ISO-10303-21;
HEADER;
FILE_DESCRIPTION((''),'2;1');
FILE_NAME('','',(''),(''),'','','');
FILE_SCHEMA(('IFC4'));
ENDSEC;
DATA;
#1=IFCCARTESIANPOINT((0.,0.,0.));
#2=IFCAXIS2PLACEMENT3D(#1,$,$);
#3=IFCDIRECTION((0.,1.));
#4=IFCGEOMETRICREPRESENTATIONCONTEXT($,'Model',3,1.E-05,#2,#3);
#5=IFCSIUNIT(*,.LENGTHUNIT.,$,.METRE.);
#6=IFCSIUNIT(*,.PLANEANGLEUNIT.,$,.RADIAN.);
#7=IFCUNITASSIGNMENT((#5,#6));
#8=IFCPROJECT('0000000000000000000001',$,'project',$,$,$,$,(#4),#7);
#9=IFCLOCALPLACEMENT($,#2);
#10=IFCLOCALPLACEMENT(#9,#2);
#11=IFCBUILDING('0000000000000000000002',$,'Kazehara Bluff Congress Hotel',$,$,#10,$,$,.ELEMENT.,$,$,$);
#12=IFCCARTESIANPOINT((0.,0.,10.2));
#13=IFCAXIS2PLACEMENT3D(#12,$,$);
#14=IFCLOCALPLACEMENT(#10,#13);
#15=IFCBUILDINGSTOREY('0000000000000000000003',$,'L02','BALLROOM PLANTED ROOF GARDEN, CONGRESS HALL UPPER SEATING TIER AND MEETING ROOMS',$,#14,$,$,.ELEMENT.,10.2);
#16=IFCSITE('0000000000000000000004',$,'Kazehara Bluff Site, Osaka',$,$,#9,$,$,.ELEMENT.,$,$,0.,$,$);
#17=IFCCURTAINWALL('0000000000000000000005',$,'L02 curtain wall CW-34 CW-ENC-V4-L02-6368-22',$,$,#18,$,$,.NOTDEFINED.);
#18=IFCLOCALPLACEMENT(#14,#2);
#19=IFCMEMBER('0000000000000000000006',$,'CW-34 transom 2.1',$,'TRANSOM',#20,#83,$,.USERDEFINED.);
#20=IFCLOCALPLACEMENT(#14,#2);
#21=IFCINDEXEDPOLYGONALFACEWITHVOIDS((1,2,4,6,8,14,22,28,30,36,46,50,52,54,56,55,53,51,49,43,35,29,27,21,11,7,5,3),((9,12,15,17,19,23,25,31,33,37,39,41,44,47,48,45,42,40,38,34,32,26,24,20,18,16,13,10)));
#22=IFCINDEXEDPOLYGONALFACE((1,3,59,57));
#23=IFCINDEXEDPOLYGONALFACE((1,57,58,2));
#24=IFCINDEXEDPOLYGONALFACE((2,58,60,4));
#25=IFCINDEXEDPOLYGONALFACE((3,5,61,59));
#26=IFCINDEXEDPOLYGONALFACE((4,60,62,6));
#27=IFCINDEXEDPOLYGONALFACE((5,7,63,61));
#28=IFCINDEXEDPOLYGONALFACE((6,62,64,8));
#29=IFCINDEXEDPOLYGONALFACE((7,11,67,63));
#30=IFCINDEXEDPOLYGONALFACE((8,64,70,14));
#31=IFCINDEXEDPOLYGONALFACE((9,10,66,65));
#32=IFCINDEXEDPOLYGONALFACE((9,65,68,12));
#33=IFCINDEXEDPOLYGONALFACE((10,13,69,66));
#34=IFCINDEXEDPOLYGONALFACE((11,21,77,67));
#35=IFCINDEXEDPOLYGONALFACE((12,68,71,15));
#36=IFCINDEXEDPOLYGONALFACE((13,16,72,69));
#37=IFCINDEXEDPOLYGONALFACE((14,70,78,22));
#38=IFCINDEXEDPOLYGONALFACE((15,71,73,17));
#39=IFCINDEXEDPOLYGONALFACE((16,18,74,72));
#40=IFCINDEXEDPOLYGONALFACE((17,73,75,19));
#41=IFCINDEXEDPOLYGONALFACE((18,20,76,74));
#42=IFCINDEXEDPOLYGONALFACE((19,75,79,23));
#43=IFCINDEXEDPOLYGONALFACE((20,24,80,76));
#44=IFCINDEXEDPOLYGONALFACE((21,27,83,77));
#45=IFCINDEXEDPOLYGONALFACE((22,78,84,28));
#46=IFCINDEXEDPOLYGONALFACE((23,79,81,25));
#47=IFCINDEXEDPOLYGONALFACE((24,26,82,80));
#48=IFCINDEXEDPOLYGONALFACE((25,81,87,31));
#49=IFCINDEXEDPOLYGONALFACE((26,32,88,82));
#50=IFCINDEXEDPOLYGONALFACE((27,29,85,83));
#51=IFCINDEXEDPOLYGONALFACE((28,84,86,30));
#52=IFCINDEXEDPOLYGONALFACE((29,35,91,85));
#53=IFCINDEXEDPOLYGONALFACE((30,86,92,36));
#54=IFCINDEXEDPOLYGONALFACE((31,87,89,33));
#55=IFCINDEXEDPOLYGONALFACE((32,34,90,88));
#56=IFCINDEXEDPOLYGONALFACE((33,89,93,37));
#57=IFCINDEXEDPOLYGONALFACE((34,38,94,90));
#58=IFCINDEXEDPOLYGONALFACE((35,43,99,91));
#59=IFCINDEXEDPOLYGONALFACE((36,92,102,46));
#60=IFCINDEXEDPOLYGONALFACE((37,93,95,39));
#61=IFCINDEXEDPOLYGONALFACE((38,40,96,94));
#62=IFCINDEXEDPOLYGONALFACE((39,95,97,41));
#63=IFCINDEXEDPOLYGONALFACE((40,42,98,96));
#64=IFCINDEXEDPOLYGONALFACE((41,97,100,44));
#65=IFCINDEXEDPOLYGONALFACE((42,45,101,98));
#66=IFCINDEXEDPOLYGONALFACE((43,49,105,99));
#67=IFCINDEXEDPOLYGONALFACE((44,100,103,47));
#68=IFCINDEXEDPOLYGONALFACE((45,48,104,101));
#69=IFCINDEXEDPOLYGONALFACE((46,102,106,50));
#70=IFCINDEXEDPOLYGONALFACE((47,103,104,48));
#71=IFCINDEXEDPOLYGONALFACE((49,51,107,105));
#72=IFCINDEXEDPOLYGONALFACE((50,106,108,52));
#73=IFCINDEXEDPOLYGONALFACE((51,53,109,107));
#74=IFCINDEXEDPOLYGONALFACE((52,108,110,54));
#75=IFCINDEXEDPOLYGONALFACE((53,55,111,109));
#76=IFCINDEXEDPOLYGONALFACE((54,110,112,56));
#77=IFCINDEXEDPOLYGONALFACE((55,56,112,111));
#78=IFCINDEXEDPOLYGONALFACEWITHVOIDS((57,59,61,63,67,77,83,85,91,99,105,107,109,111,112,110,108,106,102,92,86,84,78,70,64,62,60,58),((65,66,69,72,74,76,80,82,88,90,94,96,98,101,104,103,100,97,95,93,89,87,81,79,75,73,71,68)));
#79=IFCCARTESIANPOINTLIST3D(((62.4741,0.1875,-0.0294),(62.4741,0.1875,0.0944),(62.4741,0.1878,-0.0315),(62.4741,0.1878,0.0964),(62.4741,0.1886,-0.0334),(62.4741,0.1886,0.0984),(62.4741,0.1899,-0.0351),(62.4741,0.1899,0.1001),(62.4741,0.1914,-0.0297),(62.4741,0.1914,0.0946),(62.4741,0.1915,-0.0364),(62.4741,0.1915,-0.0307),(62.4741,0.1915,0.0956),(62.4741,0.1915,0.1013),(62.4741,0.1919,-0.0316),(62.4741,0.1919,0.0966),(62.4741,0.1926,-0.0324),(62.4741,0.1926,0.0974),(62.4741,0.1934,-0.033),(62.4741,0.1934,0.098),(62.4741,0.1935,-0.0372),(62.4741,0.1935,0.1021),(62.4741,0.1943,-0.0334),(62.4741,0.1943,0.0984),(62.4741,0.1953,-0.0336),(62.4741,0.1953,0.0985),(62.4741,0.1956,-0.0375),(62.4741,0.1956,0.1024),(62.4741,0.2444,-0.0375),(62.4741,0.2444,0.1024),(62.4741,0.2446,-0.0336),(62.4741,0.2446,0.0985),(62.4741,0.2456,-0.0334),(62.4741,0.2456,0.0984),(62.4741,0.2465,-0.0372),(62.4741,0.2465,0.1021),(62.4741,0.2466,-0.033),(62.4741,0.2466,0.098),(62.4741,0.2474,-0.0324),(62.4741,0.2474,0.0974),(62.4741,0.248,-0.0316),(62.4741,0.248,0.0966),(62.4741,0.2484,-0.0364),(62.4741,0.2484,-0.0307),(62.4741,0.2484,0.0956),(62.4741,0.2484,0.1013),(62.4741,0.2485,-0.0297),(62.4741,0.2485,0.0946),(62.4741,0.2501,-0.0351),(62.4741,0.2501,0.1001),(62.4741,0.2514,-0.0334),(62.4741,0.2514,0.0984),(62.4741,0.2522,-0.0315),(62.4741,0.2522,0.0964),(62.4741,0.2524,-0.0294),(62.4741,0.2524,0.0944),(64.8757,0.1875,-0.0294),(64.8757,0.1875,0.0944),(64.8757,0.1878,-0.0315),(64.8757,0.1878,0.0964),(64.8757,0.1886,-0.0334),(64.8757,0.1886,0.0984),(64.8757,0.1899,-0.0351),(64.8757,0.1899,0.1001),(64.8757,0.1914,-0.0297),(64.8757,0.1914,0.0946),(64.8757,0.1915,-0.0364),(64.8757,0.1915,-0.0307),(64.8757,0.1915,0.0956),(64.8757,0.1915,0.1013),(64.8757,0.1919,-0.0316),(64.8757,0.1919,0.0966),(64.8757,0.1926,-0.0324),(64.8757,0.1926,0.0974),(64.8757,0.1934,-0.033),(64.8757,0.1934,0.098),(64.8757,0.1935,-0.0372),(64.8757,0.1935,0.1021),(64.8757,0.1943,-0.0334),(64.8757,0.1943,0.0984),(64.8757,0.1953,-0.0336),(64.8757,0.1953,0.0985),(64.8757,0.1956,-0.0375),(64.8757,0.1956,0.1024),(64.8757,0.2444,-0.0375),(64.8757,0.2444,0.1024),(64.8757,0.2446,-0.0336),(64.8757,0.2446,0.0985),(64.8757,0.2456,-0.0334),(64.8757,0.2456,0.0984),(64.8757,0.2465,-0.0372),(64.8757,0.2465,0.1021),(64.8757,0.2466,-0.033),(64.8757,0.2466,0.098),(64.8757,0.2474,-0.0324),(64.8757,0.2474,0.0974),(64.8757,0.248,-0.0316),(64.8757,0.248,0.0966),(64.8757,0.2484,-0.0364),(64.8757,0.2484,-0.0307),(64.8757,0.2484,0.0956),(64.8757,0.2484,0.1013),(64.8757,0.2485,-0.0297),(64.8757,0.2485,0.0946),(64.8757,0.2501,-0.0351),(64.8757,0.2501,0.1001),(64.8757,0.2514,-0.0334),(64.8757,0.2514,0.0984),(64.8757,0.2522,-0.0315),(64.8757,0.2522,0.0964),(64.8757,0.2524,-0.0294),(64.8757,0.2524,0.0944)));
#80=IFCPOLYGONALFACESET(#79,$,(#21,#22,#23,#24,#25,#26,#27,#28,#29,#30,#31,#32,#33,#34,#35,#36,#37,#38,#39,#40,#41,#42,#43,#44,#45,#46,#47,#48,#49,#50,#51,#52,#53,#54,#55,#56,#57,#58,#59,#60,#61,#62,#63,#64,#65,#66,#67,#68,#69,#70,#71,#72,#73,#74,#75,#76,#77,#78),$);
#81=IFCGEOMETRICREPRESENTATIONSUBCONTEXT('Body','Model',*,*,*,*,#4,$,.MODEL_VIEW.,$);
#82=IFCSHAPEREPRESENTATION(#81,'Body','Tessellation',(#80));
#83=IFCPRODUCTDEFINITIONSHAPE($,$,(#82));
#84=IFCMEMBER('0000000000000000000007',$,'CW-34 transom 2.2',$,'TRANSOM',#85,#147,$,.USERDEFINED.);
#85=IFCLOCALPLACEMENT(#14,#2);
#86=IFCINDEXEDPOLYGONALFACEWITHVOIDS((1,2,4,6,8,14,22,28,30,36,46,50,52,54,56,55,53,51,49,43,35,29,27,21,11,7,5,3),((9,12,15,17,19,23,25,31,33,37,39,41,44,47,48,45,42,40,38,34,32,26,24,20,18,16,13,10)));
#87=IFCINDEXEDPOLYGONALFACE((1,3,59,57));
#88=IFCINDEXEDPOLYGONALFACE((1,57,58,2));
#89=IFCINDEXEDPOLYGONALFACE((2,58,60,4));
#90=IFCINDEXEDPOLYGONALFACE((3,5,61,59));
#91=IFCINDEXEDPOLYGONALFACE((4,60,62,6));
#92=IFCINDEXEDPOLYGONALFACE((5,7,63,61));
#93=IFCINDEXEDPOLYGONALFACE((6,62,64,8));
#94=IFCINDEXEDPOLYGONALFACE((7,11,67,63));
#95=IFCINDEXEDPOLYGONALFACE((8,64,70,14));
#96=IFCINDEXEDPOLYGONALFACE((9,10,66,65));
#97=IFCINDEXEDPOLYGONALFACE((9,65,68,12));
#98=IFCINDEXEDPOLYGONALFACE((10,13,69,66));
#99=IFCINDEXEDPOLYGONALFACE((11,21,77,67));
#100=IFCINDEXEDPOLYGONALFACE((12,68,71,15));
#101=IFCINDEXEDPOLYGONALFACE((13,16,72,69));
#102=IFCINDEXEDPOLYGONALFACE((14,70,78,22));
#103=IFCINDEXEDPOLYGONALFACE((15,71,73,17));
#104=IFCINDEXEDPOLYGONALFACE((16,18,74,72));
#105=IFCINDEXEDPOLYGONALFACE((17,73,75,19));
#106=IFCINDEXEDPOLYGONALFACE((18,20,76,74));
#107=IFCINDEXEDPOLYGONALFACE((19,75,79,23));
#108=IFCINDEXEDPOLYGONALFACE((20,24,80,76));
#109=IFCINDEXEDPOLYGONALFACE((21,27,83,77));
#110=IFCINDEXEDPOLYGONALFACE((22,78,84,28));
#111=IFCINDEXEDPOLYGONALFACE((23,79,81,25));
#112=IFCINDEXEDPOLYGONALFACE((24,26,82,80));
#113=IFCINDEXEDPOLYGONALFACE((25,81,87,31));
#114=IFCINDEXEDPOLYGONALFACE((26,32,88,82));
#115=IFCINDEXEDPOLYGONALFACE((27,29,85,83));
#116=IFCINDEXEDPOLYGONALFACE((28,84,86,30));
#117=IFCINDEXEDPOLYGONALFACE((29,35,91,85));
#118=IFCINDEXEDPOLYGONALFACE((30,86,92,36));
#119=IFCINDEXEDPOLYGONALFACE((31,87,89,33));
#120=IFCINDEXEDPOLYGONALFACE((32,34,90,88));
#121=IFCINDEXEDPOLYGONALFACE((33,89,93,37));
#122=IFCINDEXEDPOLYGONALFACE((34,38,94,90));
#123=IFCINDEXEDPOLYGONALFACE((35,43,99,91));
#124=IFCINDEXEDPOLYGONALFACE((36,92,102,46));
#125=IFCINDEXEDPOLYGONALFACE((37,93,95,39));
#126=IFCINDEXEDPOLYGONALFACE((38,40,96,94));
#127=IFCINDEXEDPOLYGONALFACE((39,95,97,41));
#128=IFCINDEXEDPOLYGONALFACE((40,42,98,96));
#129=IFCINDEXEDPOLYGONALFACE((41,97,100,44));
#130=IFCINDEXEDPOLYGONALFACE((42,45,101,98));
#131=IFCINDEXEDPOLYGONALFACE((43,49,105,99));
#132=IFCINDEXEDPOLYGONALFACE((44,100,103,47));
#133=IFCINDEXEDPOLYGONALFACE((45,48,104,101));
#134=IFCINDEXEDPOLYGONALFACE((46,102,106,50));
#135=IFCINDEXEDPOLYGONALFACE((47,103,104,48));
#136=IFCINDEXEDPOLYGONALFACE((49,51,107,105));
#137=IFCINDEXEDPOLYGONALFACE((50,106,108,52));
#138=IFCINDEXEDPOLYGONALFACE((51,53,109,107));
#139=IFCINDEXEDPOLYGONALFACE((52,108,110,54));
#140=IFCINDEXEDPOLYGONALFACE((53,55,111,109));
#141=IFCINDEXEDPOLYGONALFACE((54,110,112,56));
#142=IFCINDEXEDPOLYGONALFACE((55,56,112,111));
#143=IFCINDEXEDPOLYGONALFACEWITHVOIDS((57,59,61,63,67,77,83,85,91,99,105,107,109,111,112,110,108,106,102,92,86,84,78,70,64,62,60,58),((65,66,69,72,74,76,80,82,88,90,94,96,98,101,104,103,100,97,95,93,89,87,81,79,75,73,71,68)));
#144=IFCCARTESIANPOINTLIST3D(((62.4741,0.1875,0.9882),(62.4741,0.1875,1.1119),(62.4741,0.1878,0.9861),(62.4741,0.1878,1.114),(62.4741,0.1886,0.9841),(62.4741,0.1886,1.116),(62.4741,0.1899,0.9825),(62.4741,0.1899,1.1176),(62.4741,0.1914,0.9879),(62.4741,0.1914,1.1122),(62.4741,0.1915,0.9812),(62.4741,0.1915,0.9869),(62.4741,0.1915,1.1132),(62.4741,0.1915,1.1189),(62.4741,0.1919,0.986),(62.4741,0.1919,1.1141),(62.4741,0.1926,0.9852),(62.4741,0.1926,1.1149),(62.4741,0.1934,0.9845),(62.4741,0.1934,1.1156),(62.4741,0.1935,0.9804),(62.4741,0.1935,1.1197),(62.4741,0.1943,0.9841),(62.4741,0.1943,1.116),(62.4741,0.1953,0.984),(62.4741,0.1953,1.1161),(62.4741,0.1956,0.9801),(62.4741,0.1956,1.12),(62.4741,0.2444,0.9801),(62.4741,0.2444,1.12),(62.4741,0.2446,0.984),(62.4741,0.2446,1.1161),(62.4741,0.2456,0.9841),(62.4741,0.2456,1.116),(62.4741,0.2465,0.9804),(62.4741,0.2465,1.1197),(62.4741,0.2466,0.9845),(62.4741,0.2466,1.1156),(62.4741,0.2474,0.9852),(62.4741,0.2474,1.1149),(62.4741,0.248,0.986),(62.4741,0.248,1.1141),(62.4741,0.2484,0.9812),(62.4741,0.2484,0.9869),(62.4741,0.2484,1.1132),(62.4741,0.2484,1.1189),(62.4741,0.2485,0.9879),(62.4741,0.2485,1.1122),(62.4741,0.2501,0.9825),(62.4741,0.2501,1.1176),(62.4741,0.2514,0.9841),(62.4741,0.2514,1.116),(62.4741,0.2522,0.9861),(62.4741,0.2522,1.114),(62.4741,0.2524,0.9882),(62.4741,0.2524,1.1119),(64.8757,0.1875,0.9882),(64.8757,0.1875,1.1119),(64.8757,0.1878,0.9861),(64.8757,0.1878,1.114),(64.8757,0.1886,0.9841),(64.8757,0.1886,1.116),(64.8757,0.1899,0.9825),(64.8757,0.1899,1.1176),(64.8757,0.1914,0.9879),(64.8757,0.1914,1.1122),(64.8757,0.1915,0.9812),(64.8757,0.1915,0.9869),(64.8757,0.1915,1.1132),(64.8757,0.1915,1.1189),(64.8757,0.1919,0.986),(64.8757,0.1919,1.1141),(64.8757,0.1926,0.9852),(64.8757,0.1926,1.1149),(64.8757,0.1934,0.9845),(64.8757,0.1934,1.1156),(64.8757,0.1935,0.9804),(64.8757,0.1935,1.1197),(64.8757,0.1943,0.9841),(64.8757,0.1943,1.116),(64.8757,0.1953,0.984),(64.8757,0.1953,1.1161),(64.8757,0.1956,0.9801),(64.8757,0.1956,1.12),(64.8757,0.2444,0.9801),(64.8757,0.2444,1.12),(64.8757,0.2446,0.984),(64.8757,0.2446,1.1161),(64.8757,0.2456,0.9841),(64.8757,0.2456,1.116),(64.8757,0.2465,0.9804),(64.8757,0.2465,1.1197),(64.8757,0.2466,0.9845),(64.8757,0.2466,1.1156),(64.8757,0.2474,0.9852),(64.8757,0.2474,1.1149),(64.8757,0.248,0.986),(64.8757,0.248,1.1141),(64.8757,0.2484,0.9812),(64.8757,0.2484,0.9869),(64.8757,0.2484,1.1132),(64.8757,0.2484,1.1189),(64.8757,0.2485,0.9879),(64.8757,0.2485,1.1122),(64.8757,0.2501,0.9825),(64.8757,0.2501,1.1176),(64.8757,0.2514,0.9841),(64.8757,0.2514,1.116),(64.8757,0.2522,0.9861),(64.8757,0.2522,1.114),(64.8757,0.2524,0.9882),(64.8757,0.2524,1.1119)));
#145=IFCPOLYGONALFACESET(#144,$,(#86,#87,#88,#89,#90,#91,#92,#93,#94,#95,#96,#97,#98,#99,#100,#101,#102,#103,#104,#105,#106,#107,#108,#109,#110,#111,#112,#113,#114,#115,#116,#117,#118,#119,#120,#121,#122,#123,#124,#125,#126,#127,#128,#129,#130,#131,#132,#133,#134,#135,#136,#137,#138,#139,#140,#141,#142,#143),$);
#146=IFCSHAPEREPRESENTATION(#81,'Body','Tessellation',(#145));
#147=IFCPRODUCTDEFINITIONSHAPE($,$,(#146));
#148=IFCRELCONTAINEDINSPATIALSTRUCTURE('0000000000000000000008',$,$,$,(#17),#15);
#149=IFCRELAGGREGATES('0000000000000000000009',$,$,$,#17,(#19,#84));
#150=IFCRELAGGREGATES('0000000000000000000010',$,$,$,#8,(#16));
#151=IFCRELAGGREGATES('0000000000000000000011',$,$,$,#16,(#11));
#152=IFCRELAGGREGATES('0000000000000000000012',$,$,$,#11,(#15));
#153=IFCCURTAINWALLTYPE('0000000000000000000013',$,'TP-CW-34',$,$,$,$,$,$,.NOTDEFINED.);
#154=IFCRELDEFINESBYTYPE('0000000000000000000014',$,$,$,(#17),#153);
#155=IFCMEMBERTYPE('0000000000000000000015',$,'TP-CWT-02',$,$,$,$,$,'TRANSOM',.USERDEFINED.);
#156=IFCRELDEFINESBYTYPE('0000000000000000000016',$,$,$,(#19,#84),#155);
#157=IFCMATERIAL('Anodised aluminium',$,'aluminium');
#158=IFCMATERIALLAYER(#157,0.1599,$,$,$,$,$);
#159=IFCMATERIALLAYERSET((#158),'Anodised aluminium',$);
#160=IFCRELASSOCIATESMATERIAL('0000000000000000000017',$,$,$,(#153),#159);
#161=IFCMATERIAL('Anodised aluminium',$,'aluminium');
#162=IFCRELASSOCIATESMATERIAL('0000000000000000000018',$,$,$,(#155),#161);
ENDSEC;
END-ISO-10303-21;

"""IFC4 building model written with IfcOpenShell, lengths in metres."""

from ifc_helpers import new_model, si_unit, direction, frame, origin, origin_2d, place, context, subcontext, project, spatial, hollow_rectangle, extrude, material, layer, layer_set, material_profile, profile_set, type_object, element, aggregate, save


model = new_model("IFC4")

# Units and contexts
model_context = context("Model", 3, precision=1e-05, world=origin(), true_north=direction((0.0, 1.0)))
body_context = subcontext(model_context, "Body", "Model", "MODEL_VIEW")
ifc_project = project(units=[si_unit("LENGTHUNIT", "METRE"), si_unit("PLANEANGLEUNIT", "RADIAN")], contexts=[model_context])

# Site, building, storey
site_placement = place(None, origin())
site = spatial("IfcSite", under=ifc_project, at=site_placement, Name="Kazehara Bluff Site, Osaka", CompositionType="ELEMENT", RefElevation=0.0)
building_placement = place(site_placement, origin())
building = spatial("IfcBuilding", under=site, at=building_placement, Name="Kazehara Bluff Congress Hotel", CompositionType="ELEMENT")
storey_placement = place(building_placement, frame((0.0, 0.0, 10.2)))
storey = spatial("IfcBuildingStorey", under=building, at=storey_placement, Name="L02", Description="BALLROOM PLANTED ROOF GARDEN, CONGRESS HALL UPPER SEATING TIER AND MEETING ROOMS", CompositionType="ELEMENT", Elevation=10.2)

# Curtain wall
ifc_material_1 = material(Name="Anodised aluminium", Category="aluminium")
ifc_layer_1 = layer(ifc_material_1, 0.1599)
ifc_layer_set_1 = layer_set([ifc_layer_1], Name="Anodised aluminium")
curtain_wall_type_1 = type_object("IfcCurtainWallType", Name="TP-CW-34", PredefinedType="NOTDEFINED", material=ifc_layer_set_1)
curtain_wall_1_placement = place(storey_placement, origin())
curtain_wall_1 = element("IfcCurtainWall", 1, at=curtain_wall_1_placement, inside=storey, type_object=curtain_wall_type_1, Name="L02 curtain wall CW-34 CW-ENC-V4-L02-6368-22", PredefinedType="NOTDEFINED")

# Members
ifc_material_2 = material(Name="Anodised aluminium", Category="aluminium")
ifc_material_profile_1 = material_profile(ifc_material_2, hollow_rectangle(XDim=0.0649, YDim=0.1399, WallThickness=0.0039, InnerFilletRadius=0.0039, OuterFilletRadius=0.0081, at=origin_2d()))
ifc_profile_set_1 = profile_set([ifc_material_profile_1], Name="Anodised aluminium")
member_type_1 = type_object("IfcMemberType", Name="TP-CWT-02", ElementType="TRANSOM", PredefinedType="USERDEFINED", material=ifc_profile_set_1)
member_1_placement = place(storey_placement, frame((64.8757, 0.22, 0.0325), z_axis=(-1.0, 0.0, 0.0), x_axis=(0.0, -1.0, 0.0)))
member_1 = element("IfcMember", 2, at=member_1_placement, type_object=member_type_1, Name="CW-34 transom 2.1", ObjectType="TRANSOM", PredefinedType="USERDEFINED", context=body_context, shape_type="SweptSolid", body=[
    extrude(hollow_rectangle(XDim=0.0649, YDim=0.1399, WallThickness=0.0039, InnerFilletRadius=0.0039, OuterFilletRadius=0.0081, at=origin_2d()), origin(), (0.0, 0.0, 1.0), 2.4016),
])
member_2_placement = place(storey_placement, frame((64.8757, 0.22, 1.05), z_axis=(-1.0, 0.0, 0.0), x_axis=(0.0, -1.0, 0.0)))
member_2 = element("IfcMember", 3, at=member_2_placement, type_object=member_type_1, Name="CW-34 transom 2.2", ObjectType="TRANSOM", PredefinedType="USERDEFINED", context=body_context, shape_type="SweptSolid", body=[
    extrude(hollow_rectangle(XDim=0.0649, YDim=0.1399, WallThickness=0.0039, InnerFilletRadius=0.0039, OuterFilletRadius=0.0081, at=origin_2d()), origin(), (0.0, 0.0, 1.0), 2.4016),
])

aggregate(curtain_wall_1, [member_1, member_2])

save(model, "model.ifc")
